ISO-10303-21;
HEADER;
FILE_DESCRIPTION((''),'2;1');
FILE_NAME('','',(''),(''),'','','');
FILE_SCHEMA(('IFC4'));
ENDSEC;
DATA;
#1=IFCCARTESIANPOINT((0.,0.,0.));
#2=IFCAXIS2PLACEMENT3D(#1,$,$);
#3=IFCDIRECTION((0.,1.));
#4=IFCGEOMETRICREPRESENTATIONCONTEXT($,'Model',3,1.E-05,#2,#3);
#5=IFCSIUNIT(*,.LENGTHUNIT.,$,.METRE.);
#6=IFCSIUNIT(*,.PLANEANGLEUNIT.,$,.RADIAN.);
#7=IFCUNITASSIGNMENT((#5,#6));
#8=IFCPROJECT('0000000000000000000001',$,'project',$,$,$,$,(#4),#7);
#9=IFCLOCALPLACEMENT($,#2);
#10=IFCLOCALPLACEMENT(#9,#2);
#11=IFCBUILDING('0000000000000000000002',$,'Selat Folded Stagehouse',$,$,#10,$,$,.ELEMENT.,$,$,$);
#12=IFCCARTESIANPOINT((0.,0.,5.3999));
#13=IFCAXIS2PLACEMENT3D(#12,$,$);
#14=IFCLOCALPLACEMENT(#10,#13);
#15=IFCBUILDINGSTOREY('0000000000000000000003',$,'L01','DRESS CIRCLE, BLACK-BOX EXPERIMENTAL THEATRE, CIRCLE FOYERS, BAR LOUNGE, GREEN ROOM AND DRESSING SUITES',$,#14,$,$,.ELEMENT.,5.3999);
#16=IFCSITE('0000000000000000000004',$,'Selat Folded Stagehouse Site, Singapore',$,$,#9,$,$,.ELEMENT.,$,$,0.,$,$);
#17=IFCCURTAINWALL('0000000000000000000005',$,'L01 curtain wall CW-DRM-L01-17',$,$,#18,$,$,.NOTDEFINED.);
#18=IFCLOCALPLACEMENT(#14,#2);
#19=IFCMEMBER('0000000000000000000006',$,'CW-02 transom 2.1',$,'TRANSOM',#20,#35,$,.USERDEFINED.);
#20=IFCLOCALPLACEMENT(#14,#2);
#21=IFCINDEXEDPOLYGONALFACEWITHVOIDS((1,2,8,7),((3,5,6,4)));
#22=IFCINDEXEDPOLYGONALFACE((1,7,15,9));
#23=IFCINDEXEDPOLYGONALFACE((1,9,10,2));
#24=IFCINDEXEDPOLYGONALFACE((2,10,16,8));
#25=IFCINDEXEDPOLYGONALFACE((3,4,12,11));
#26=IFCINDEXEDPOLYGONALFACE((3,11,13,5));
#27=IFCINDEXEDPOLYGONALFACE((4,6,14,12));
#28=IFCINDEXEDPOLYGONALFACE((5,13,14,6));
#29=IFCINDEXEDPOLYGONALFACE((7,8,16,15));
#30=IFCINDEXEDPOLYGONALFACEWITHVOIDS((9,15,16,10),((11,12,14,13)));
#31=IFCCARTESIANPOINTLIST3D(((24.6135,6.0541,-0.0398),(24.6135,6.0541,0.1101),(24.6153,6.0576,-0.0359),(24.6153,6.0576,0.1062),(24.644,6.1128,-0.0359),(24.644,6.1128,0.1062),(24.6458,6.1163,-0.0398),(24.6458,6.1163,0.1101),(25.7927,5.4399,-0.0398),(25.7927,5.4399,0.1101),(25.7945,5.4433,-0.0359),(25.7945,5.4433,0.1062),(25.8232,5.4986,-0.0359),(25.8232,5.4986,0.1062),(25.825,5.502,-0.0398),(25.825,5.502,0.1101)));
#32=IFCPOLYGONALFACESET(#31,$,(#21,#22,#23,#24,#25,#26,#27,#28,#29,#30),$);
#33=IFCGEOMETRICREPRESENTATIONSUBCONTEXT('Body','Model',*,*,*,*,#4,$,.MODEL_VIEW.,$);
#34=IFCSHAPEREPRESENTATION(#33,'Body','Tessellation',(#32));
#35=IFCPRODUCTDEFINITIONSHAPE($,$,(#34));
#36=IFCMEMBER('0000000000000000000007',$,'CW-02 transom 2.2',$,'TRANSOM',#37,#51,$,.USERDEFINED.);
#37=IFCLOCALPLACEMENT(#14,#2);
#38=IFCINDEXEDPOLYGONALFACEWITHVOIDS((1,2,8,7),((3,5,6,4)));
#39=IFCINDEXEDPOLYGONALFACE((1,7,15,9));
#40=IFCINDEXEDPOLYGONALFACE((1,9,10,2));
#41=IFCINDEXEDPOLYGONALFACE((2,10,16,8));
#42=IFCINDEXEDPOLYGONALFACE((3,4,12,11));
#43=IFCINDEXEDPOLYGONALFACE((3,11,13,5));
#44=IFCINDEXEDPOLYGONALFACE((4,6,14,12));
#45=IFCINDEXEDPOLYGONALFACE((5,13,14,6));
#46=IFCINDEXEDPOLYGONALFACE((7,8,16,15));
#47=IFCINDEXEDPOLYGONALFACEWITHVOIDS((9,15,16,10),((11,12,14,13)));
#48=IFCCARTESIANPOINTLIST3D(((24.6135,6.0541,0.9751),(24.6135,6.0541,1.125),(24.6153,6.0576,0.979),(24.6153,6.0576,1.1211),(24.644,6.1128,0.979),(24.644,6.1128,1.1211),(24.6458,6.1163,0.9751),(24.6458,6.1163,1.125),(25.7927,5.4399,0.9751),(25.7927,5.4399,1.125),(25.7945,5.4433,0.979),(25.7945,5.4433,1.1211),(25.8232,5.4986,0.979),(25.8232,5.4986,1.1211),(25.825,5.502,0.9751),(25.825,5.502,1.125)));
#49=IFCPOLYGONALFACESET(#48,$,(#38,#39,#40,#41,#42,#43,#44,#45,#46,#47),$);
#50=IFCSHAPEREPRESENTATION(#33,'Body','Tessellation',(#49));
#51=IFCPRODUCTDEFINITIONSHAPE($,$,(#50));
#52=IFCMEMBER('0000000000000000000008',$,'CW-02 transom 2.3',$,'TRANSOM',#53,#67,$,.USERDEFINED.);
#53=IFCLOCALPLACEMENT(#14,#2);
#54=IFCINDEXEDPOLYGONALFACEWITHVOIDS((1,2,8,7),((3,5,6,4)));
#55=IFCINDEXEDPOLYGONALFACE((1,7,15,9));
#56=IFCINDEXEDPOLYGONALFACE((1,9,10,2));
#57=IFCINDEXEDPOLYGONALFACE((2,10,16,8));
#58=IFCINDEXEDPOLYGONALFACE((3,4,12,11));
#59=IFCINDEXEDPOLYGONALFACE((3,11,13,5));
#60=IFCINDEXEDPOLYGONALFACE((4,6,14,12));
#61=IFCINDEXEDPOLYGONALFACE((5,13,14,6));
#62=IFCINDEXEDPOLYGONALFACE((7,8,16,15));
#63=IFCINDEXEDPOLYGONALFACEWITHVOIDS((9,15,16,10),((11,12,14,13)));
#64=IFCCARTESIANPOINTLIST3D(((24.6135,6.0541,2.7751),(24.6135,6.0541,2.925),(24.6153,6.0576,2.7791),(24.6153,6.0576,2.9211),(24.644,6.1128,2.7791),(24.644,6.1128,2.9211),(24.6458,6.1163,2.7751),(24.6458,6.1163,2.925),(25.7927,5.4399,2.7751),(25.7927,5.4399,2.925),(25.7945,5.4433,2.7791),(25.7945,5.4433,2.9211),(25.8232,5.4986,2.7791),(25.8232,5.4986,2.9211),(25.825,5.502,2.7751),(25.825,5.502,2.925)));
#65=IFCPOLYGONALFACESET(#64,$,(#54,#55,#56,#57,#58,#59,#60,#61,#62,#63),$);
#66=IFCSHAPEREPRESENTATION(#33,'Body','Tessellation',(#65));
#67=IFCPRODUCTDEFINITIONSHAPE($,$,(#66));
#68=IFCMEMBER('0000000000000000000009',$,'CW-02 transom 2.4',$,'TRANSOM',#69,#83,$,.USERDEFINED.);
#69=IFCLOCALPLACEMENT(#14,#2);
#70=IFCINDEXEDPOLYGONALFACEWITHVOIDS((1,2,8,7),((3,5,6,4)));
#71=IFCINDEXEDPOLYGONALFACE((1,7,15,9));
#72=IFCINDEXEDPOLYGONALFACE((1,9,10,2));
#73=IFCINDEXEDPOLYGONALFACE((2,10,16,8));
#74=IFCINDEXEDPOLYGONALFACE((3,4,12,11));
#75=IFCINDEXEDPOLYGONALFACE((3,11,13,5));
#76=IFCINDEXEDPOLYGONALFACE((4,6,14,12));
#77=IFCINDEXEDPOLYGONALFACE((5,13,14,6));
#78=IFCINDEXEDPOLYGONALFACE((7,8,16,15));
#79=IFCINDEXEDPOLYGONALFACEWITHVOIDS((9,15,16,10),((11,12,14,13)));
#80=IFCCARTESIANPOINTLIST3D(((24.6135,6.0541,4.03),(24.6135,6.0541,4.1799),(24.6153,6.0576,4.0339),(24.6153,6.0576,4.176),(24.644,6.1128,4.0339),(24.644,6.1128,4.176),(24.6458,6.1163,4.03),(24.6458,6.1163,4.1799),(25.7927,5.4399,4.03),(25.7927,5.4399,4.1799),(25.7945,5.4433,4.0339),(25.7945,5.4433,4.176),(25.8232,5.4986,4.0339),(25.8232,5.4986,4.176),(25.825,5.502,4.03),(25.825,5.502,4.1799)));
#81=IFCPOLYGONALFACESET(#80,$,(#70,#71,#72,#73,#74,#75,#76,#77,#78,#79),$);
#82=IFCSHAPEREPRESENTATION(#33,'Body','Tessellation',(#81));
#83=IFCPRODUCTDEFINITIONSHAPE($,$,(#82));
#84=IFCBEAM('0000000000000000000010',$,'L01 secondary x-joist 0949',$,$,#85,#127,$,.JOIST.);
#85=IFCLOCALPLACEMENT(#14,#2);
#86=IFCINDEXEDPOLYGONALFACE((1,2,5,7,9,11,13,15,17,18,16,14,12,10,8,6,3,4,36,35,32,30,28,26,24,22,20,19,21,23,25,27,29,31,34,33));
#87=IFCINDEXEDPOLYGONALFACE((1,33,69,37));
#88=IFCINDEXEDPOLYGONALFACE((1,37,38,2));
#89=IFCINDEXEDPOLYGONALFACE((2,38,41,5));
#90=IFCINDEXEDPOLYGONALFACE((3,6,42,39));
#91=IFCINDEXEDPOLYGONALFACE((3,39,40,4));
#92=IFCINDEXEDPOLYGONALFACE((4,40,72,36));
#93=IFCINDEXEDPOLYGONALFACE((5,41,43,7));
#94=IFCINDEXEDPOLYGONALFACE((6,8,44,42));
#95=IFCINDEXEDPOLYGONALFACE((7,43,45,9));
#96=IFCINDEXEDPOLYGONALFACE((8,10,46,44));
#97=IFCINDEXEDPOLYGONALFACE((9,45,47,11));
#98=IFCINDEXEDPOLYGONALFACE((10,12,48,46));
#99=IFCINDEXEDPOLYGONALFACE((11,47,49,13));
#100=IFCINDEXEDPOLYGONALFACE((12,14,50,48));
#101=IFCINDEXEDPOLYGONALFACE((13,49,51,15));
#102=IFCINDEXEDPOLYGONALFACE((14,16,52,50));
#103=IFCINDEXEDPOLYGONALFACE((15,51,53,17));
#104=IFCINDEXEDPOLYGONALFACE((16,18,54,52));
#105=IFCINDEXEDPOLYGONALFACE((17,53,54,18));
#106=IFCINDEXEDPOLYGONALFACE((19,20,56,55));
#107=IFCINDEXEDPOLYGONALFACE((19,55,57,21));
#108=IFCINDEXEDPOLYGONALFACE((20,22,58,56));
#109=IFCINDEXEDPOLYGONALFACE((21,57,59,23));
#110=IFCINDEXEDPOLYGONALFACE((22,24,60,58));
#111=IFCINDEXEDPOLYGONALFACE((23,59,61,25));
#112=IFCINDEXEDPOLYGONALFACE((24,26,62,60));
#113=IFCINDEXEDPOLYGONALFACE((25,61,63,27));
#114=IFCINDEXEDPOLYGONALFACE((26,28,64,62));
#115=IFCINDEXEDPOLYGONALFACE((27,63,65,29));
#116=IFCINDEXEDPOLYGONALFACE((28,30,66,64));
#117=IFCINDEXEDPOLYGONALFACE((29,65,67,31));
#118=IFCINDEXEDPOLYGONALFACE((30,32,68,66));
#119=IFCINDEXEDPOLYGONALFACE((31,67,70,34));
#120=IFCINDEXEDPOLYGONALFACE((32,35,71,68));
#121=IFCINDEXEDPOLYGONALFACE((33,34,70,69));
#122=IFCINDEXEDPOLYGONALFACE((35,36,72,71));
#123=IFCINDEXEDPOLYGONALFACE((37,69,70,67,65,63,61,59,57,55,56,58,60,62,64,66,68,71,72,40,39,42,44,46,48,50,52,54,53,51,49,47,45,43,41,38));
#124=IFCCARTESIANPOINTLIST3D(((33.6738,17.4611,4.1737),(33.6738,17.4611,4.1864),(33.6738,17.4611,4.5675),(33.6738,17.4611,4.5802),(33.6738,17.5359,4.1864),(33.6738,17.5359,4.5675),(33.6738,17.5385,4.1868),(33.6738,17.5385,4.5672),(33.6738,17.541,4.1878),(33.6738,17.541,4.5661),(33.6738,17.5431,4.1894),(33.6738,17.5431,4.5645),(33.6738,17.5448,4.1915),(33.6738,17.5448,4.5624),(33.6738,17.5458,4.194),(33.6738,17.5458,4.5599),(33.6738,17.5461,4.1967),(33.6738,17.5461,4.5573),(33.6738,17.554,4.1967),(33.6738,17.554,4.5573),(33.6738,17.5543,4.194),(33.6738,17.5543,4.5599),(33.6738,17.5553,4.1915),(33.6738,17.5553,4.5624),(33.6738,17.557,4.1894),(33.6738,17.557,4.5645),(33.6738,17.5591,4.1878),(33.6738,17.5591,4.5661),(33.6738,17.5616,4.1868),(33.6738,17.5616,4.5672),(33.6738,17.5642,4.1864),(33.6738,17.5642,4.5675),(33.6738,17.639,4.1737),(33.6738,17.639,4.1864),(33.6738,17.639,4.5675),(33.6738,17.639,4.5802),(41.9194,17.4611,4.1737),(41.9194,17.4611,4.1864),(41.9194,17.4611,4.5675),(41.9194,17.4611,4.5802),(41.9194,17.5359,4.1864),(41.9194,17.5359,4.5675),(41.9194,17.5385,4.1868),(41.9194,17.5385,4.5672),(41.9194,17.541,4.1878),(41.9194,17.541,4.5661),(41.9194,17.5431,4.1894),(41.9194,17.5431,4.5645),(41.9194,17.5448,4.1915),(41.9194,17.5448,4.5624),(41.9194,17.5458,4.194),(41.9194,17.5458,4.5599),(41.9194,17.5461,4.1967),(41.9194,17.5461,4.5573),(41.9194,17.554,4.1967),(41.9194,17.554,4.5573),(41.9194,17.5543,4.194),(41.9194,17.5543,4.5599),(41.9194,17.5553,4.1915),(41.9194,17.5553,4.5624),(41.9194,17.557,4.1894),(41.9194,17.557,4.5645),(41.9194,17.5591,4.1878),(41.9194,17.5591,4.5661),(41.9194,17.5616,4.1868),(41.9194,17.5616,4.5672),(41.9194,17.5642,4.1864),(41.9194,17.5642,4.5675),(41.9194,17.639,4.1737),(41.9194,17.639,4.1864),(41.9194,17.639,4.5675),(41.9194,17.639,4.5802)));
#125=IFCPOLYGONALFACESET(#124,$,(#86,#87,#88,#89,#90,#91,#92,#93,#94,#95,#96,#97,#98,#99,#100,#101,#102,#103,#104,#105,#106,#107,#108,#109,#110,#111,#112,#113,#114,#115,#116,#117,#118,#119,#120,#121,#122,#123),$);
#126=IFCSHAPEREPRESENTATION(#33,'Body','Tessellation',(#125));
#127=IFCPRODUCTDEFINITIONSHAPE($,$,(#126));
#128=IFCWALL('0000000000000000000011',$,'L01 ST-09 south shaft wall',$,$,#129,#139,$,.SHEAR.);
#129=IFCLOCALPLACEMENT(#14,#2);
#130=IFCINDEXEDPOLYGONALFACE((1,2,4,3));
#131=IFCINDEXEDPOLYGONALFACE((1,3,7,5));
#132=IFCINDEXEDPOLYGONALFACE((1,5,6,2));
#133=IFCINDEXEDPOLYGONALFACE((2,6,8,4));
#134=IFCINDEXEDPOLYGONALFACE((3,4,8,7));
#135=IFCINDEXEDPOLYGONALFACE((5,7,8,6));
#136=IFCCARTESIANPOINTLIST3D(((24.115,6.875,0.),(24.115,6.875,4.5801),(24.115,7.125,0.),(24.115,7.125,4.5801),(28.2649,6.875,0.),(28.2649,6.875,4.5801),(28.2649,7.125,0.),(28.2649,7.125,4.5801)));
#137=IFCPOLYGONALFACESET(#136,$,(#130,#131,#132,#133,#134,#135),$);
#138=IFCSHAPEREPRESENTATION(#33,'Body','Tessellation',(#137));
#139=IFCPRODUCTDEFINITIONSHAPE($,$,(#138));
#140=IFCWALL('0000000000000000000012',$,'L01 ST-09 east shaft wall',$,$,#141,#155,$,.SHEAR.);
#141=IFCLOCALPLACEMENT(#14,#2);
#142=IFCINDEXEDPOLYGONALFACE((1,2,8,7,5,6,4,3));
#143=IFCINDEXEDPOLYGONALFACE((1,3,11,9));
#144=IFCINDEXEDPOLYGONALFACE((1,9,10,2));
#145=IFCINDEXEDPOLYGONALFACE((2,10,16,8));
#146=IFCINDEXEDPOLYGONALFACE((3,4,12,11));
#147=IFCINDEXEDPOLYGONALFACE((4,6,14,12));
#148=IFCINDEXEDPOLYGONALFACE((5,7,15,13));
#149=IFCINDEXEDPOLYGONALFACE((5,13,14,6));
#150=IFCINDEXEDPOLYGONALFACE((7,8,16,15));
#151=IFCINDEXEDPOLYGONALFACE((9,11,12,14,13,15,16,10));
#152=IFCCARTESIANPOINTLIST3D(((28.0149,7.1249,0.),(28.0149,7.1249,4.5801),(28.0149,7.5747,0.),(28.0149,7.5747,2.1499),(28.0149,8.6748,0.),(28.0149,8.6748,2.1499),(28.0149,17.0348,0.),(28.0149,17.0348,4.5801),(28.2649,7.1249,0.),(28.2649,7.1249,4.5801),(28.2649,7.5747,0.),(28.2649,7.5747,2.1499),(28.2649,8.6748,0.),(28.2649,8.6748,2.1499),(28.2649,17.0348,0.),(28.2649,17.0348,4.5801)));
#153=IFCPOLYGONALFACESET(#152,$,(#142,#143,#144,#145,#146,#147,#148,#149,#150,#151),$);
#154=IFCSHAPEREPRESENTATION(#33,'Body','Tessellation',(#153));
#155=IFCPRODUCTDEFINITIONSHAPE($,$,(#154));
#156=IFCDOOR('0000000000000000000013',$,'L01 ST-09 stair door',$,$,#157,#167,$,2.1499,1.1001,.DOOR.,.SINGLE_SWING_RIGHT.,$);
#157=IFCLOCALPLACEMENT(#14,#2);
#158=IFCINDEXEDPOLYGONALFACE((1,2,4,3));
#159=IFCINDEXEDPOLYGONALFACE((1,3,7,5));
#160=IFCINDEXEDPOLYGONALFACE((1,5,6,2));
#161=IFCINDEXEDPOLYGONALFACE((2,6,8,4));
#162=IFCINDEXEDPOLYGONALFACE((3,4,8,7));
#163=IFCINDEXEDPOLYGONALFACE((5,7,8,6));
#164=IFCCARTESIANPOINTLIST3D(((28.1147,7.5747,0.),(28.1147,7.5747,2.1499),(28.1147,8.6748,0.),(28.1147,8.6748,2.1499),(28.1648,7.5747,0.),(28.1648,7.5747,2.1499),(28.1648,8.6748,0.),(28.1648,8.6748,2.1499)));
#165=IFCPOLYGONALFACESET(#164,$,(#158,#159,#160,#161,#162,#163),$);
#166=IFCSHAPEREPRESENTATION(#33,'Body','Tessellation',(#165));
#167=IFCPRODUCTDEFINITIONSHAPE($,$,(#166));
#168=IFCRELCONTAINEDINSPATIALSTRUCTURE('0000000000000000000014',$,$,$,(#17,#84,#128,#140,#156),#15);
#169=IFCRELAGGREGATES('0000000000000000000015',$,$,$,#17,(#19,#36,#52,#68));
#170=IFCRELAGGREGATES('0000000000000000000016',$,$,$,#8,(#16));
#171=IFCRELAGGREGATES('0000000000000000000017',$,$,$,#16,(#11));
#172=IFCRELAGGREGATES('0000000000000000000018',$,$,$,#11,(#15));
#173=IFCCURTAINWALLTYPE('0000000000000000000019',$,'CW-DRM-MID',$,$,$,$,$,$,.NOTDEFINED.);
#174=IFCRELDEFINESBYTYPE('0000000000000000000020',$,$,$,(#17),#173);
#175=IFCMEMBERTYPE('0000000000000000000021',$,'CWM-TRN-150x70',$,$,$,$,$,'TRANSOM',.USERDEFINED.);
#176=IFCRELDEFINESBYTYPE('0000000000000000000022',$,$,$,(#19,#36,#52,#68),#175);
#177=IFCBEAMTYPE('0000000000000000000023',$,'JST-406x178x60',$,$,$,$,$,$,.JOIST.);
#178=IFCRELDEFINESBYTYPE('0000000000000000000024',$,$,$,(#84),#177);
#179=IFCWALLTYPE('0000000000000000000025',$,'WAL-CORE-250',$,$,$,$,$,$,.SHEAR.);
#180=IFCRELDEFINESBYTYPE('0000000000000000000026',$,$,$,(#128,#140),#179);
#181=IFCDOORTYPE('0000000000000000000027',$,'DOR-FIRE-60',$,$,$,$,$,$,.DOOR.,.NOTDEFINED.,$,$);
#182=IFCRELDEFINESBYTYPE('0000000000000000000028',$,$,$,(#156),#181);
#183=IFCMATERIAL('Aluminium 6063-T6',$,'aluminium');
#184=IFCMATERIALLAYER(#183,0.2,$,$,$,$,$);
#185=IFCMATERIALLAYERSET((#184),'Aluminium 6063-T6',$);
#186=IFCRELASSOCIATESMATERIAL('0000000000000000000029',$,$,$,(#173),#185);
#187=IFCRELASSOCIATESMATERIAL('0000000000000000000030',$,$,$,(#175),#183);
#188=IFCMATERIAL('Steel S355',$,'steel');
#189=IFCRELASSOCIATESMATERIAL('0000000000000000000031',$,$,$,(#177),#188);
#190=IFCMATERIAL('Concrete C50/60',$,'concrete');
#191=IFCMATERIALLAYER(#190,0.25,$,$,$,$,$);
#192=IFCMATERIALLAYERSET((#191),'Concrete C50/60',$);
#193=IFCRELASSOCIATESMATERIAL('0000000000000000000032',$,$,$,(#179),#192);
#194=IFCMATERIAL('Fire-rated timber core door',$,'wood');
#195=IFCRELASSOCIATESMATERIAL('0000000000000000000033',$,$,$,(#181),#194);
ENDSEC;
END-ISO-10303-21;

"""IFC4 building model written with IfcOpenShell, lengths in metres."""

from ifc_helpers import new_model, si_unit, direction, frame, frame_2d, origin, origin_2d, place, context, subcontext, project, spatial, rectangle, hollow_rectangle, i_section, extrude, material, layer, layer_set, material_profile, profile_set, type_object, element, fill, aggregate, save


model = new_model("IFC4")

# Units and contexts
model_context = context("Model", 3, precision=1e-05, world=origin(), true_north=direction((0.0, 1.0)))
body_context = subcontext(model_context, "Body", "Model", "MODEL_VIEW")
ifc_project = project(units=[si_unit("LENGTHUNIT", "METRE"), si_unit("PLANEANGLEUNIT", "RADIAN")], contexts=[model_context])

# Site, building, storey
site_placement = place(None, origin())
site = spatial("IfcSite", under=ifc_project, at=site_placement, Name="Selat Folded Stagehouse Site, Singapore", CompositionType="ELEMENT", RefElevation=0.0)
building_placement = place(site_placement, origin())
building = spatial("IfcBuilding", under=site, at=building_placement, Name="Selat Folded Stagehouse", CompositionType="ELEMENT")
storey_placement = place(building_placement, frame((0.0, 0.0, 5.3999)))
storey = spatial("IfcBuildingStorey", under=building, at=storey_placement, Name="L01", Description="DRESS CIRCLE, BLACK-BOX EXPERIMENTAL THEATRE, CIRCLE FOYERS, BAR LOUNGE, GREEN ROOM AND DRESSING SUITES", CompositionType="ELEMENT", Elevation=5.3999)

# Shared definitions
ifc_material_1 = material(Name="Steel S355", Category="steel")

# Curtain wall
ifc_material_2 = material(Name="Aluminium 6063-T6", Category="aluminium")
ifc_layer_1 = layer(ifc_material_2, 0.2)
ifc_layer_set_1 = layer_set([ifc_layer_1], Name="Aluminium 6063-T6")
curtain_wall_type_1 = type_object("IfcCurtainWallType", Name="CW-DRM-MID", PredefinedType="NOTDEFINED", material=ifc_layer_set_1)
curtain_wall_1_placement = place(storey_placement, origin())
curtain_wall_1 = element("IfcCurtainWall", 1, at=curtain_wall_1_placement, inside=storey, type_object=curtain_wall_type_1, Name="L01 curtain wall CW-DRM-L01-17", PredefinedType="NOTDEFINED")

# Members
ifc_material_profile_1 = material_profile(ifc_material_2, hollow_rectangle(XDim=0.0701, YDim=0.1499, WallThickness=0.0039, at=origin_2d()), Name="ALU 150x70x4.0")
ifc_profile_set_1 = profile_set([ifc_material_profile_1], Name="Aluminium 6063-T6")
member_type_1 = type_object("IfcMemberType", Name="CWM-TRN-150x70", ElementType="TRANSOM", PredefinedType="USERDEFINED", material=ifc_profile_set_1)
member_1_placement = place(storey_placement, frame((25.8088, 5.4709, 0.0352), z_axis=(-0.886886, 0.461989, 0.0), x_axis=(-0.461989, -0.886886, 0.0)))
member_1 = element("IfcMember", 2, at=member_1_placement, type_object=member_type_1, Name="CW-02 transom 2.1", ObjectType="TRANSOM", PredefinedType="USERDEFINED", context=body_context, shape_type="SweptSolid", body=[
    extrude(hollow_rectangle(XDim=0.0701, YDim=0.1499, WallThickness=0.0039, at=origin_2d()), origin(), (0.0, 0.0, 1.0), 1.3296),
])
member_2_placement = place(storey_placement, frame((25.8088, 5.4709, 1.05), z_axis=(-0.886886, 0.461989, 0.0), x_axis=(-0.461989, -0.886886, 0.0)))
member_2 = element("IfcMember", 3, at=member_2_placement, type_object=member_type_1, Name="CW-02 transom 2.2", ObjectType="TRANSOM", PredefinedType="USERDEFINED", context=body_context, shape_type="SweptSolid", body=[
    extrude(hollow_rectangle(XDim=0.0701, YDim=0.1499, WallThickness=0.0039, at=origin_2d()), origin(), (0.0, 0.0, 1.0), 1.3296),
])
member_3_placement = place(storey_placement, frame((25.8088, 5.4709, 2.8501), z_axis=(-0.886886, 0.461989, 0.0), x_axis=(-0.461989, -0.886886, 0.0)))
member_3 = element("IfcMember", 4, at=member_3_placement, type_object=member_type_1, Name="CW-02 transom 2.3", ObjectType="TRANSOM", PredefinedType="USERDEFINED", context=body_context, shape_type="SweptSolid", body=[
    extrude(hollow_rectangle(XDim=0.0701, YDim=0.1499, WallThickness=0.0039, at=origin_2d()), origin(), (0.0, 0.0, 1.0), 1.3296),
])
member_4_placement = place(storey_placement, frame((25.8088, 5.4709, 4.105), z_axis=(-0.886886, 0.461989, 0.0), x_axis=(-0.461989, -0.886886, 0.0)))
member_4 = element("IfcMember", 5, at=member_4_placement, type_object=member_type_1, Name="CW-02 transom 2.4", ObjectType="TRANSOM", PredefinedType="USERDEFINED", context=body_context, shape_type="SweptSolid", body=[
    extrude(hollow_rectangle(XDim=0.0701, YDim=0.1499, WallThickness=0.0039, at=origin_2d()), origin(), (0.0, 0.0, 1.0), 1.3296),
])
aggregate(curtain_wall_1, [member_1, member_2, member_3, member_4])

# Beam
ifc_material_profile_2 = material_profile(ifc_material_1, i_section(OverallWidth=0.178, OverallDepth=0.4065, WebThickness=0.0078, FlangeThickness=0.0127, FilletRadius=0.0103, at=origin_2d()), Name="UKB 406x178x60")
ifc_profile_set_2 = profile_set([ifc_material_profile_2], Name="Steel S355")
beam_type_1 = type_object("IfcBeamType", Name="JST-406x178x60", PredefinedType="JOIST", material=ifc_profile_set_2)
beam_1_placement = place(storey_placement, frame((33.6738, 17.55, 4.377), z_axis=(1.0, 0.0, 0.0), x_axis=(0.0, 1.0, 0.0)))
element("IfcBeam", 6, at=beam_1_placement, inside=storey, type_object=beam_type_1, Name="L01 secondary x-joist 0949", PredefinedType="JOIST", context=body_context, shape_type="SweptSolid", body=[
    extrude(i_section(OverallWidth=0.178, OverallDepth=0.4065, WebThickness=0.0078, FlangeThickness=0.0127, FilletRadius=0.0103, at=origin_2d()), origin(), (0.0, 0.0, 1.0), 8.2456),
])

# Wall
ifc_material_3 = material(Name="Concrete C50/60", Category="concrete")
ifc_layer_2 = layer(ifc_material_3, 0.25)
ifc_layer_set_2 = layer_set([ifc_layer_2], Name="Concrete C50/60")
wall_type = type_object("IfcWallType", Name="WAL-CORE-250", PredefinedType="SHEAR", material=ifc_layer_set_2)
wall_1_placement = place(storey_placement, frame((28.2649, 7.0, 0.0), z_axis=(0.0, 0.0, 1.0), x_axis=(-1.0, 0.0, 0.0)))
element("IfcWall", 7, at=wall_1_placement, inside=storey, type_object=wall_type, Name="L01 ST-09 south shaft wall", PredefinedType="SHEAR", context=body_context, shape_type="SweptSolid", body=[
    extrude(rectangle(XDim=4.1499, YDim=0.25, at=frame_2d((2.075, 0.0))), origin(), (0.0, 0.0, 1.0), 4.5801),
])

# Wall, opening, door
wall_2_placement = place(storey_placement, frame((28.1399, 17.0349, 0.0), z_axis=(0.0, 0.0, 1.0), x_axis=(0.0, -1.0, 0.0)))
wall_2 = element("IfcWall", 8, at=wall_2_placement, inside=storey, type_object=wall_type, Name="L01 ST-09 east shaft wall", PredefinedType="SHEAR", context=body_context, shape_type="SweptSolid", body=[
    extrude(rectangle(XDim=9.9099, YDim=0.25, at=frame_2d((4.9551, 0.0))), origin(), (0.0, 0.0, 1.0), 4.5801),
])
opening_placement = place(wall_2_placement, frame((8.3601, 0.0, 0.0)))
opening = element("IfcOpeningElement", 9, at=opening_placement, cuts=wall_2, PredefinedType="OPENING", context=body_context, shape_type="SweptSolid", body=[
    extrude(rectangle(XDim=1.1001, YDim=2.1499, at=frame_2d((0.55, 1.075))), frame((0.0, 0.135, 0.0), z_axis=(0.0, -1.0, 0.0), x_axis=(1.0, 0.0, 0.0)), (0.0, 0.0, 1.0), 0.27),
])
ifc_material_4 = material(Name="Fire-rated timber core door", Category="wood")
door_type = type_object("IfcDoorType", Name="DOR-FIRE-60", OperationType="NOTDEFINED", PredefinedType="DOOR", material=ifc_material_4)
door_placement = place(opening_placement, origin())
door = element("IfcDoor", 10, at=door_placement, inside=storey, type_object=door_type, Name="L01 ST-09 stair door", OperationType="SINGLE_SWING_RIGHT", OverallHeight=2.1499, OverallWidth=1.1001, PredefinedType="DOOR", context=body_context, shape_type="SweptSolid", body=[
    extrude(rectangle(XDim=1.1001, YDim=2.1499, at=frame_2d((0.55, 1.075))), frame((0.0, 0.0249, 0.0), z_axis=(0.0, -1.0, 0.0), x_axis=(1.0, 0.0, 0.0)), (0.0, 0.0, 1.0), 0.05),
])
fill(opening, door)

save(model, "model.ifc")
